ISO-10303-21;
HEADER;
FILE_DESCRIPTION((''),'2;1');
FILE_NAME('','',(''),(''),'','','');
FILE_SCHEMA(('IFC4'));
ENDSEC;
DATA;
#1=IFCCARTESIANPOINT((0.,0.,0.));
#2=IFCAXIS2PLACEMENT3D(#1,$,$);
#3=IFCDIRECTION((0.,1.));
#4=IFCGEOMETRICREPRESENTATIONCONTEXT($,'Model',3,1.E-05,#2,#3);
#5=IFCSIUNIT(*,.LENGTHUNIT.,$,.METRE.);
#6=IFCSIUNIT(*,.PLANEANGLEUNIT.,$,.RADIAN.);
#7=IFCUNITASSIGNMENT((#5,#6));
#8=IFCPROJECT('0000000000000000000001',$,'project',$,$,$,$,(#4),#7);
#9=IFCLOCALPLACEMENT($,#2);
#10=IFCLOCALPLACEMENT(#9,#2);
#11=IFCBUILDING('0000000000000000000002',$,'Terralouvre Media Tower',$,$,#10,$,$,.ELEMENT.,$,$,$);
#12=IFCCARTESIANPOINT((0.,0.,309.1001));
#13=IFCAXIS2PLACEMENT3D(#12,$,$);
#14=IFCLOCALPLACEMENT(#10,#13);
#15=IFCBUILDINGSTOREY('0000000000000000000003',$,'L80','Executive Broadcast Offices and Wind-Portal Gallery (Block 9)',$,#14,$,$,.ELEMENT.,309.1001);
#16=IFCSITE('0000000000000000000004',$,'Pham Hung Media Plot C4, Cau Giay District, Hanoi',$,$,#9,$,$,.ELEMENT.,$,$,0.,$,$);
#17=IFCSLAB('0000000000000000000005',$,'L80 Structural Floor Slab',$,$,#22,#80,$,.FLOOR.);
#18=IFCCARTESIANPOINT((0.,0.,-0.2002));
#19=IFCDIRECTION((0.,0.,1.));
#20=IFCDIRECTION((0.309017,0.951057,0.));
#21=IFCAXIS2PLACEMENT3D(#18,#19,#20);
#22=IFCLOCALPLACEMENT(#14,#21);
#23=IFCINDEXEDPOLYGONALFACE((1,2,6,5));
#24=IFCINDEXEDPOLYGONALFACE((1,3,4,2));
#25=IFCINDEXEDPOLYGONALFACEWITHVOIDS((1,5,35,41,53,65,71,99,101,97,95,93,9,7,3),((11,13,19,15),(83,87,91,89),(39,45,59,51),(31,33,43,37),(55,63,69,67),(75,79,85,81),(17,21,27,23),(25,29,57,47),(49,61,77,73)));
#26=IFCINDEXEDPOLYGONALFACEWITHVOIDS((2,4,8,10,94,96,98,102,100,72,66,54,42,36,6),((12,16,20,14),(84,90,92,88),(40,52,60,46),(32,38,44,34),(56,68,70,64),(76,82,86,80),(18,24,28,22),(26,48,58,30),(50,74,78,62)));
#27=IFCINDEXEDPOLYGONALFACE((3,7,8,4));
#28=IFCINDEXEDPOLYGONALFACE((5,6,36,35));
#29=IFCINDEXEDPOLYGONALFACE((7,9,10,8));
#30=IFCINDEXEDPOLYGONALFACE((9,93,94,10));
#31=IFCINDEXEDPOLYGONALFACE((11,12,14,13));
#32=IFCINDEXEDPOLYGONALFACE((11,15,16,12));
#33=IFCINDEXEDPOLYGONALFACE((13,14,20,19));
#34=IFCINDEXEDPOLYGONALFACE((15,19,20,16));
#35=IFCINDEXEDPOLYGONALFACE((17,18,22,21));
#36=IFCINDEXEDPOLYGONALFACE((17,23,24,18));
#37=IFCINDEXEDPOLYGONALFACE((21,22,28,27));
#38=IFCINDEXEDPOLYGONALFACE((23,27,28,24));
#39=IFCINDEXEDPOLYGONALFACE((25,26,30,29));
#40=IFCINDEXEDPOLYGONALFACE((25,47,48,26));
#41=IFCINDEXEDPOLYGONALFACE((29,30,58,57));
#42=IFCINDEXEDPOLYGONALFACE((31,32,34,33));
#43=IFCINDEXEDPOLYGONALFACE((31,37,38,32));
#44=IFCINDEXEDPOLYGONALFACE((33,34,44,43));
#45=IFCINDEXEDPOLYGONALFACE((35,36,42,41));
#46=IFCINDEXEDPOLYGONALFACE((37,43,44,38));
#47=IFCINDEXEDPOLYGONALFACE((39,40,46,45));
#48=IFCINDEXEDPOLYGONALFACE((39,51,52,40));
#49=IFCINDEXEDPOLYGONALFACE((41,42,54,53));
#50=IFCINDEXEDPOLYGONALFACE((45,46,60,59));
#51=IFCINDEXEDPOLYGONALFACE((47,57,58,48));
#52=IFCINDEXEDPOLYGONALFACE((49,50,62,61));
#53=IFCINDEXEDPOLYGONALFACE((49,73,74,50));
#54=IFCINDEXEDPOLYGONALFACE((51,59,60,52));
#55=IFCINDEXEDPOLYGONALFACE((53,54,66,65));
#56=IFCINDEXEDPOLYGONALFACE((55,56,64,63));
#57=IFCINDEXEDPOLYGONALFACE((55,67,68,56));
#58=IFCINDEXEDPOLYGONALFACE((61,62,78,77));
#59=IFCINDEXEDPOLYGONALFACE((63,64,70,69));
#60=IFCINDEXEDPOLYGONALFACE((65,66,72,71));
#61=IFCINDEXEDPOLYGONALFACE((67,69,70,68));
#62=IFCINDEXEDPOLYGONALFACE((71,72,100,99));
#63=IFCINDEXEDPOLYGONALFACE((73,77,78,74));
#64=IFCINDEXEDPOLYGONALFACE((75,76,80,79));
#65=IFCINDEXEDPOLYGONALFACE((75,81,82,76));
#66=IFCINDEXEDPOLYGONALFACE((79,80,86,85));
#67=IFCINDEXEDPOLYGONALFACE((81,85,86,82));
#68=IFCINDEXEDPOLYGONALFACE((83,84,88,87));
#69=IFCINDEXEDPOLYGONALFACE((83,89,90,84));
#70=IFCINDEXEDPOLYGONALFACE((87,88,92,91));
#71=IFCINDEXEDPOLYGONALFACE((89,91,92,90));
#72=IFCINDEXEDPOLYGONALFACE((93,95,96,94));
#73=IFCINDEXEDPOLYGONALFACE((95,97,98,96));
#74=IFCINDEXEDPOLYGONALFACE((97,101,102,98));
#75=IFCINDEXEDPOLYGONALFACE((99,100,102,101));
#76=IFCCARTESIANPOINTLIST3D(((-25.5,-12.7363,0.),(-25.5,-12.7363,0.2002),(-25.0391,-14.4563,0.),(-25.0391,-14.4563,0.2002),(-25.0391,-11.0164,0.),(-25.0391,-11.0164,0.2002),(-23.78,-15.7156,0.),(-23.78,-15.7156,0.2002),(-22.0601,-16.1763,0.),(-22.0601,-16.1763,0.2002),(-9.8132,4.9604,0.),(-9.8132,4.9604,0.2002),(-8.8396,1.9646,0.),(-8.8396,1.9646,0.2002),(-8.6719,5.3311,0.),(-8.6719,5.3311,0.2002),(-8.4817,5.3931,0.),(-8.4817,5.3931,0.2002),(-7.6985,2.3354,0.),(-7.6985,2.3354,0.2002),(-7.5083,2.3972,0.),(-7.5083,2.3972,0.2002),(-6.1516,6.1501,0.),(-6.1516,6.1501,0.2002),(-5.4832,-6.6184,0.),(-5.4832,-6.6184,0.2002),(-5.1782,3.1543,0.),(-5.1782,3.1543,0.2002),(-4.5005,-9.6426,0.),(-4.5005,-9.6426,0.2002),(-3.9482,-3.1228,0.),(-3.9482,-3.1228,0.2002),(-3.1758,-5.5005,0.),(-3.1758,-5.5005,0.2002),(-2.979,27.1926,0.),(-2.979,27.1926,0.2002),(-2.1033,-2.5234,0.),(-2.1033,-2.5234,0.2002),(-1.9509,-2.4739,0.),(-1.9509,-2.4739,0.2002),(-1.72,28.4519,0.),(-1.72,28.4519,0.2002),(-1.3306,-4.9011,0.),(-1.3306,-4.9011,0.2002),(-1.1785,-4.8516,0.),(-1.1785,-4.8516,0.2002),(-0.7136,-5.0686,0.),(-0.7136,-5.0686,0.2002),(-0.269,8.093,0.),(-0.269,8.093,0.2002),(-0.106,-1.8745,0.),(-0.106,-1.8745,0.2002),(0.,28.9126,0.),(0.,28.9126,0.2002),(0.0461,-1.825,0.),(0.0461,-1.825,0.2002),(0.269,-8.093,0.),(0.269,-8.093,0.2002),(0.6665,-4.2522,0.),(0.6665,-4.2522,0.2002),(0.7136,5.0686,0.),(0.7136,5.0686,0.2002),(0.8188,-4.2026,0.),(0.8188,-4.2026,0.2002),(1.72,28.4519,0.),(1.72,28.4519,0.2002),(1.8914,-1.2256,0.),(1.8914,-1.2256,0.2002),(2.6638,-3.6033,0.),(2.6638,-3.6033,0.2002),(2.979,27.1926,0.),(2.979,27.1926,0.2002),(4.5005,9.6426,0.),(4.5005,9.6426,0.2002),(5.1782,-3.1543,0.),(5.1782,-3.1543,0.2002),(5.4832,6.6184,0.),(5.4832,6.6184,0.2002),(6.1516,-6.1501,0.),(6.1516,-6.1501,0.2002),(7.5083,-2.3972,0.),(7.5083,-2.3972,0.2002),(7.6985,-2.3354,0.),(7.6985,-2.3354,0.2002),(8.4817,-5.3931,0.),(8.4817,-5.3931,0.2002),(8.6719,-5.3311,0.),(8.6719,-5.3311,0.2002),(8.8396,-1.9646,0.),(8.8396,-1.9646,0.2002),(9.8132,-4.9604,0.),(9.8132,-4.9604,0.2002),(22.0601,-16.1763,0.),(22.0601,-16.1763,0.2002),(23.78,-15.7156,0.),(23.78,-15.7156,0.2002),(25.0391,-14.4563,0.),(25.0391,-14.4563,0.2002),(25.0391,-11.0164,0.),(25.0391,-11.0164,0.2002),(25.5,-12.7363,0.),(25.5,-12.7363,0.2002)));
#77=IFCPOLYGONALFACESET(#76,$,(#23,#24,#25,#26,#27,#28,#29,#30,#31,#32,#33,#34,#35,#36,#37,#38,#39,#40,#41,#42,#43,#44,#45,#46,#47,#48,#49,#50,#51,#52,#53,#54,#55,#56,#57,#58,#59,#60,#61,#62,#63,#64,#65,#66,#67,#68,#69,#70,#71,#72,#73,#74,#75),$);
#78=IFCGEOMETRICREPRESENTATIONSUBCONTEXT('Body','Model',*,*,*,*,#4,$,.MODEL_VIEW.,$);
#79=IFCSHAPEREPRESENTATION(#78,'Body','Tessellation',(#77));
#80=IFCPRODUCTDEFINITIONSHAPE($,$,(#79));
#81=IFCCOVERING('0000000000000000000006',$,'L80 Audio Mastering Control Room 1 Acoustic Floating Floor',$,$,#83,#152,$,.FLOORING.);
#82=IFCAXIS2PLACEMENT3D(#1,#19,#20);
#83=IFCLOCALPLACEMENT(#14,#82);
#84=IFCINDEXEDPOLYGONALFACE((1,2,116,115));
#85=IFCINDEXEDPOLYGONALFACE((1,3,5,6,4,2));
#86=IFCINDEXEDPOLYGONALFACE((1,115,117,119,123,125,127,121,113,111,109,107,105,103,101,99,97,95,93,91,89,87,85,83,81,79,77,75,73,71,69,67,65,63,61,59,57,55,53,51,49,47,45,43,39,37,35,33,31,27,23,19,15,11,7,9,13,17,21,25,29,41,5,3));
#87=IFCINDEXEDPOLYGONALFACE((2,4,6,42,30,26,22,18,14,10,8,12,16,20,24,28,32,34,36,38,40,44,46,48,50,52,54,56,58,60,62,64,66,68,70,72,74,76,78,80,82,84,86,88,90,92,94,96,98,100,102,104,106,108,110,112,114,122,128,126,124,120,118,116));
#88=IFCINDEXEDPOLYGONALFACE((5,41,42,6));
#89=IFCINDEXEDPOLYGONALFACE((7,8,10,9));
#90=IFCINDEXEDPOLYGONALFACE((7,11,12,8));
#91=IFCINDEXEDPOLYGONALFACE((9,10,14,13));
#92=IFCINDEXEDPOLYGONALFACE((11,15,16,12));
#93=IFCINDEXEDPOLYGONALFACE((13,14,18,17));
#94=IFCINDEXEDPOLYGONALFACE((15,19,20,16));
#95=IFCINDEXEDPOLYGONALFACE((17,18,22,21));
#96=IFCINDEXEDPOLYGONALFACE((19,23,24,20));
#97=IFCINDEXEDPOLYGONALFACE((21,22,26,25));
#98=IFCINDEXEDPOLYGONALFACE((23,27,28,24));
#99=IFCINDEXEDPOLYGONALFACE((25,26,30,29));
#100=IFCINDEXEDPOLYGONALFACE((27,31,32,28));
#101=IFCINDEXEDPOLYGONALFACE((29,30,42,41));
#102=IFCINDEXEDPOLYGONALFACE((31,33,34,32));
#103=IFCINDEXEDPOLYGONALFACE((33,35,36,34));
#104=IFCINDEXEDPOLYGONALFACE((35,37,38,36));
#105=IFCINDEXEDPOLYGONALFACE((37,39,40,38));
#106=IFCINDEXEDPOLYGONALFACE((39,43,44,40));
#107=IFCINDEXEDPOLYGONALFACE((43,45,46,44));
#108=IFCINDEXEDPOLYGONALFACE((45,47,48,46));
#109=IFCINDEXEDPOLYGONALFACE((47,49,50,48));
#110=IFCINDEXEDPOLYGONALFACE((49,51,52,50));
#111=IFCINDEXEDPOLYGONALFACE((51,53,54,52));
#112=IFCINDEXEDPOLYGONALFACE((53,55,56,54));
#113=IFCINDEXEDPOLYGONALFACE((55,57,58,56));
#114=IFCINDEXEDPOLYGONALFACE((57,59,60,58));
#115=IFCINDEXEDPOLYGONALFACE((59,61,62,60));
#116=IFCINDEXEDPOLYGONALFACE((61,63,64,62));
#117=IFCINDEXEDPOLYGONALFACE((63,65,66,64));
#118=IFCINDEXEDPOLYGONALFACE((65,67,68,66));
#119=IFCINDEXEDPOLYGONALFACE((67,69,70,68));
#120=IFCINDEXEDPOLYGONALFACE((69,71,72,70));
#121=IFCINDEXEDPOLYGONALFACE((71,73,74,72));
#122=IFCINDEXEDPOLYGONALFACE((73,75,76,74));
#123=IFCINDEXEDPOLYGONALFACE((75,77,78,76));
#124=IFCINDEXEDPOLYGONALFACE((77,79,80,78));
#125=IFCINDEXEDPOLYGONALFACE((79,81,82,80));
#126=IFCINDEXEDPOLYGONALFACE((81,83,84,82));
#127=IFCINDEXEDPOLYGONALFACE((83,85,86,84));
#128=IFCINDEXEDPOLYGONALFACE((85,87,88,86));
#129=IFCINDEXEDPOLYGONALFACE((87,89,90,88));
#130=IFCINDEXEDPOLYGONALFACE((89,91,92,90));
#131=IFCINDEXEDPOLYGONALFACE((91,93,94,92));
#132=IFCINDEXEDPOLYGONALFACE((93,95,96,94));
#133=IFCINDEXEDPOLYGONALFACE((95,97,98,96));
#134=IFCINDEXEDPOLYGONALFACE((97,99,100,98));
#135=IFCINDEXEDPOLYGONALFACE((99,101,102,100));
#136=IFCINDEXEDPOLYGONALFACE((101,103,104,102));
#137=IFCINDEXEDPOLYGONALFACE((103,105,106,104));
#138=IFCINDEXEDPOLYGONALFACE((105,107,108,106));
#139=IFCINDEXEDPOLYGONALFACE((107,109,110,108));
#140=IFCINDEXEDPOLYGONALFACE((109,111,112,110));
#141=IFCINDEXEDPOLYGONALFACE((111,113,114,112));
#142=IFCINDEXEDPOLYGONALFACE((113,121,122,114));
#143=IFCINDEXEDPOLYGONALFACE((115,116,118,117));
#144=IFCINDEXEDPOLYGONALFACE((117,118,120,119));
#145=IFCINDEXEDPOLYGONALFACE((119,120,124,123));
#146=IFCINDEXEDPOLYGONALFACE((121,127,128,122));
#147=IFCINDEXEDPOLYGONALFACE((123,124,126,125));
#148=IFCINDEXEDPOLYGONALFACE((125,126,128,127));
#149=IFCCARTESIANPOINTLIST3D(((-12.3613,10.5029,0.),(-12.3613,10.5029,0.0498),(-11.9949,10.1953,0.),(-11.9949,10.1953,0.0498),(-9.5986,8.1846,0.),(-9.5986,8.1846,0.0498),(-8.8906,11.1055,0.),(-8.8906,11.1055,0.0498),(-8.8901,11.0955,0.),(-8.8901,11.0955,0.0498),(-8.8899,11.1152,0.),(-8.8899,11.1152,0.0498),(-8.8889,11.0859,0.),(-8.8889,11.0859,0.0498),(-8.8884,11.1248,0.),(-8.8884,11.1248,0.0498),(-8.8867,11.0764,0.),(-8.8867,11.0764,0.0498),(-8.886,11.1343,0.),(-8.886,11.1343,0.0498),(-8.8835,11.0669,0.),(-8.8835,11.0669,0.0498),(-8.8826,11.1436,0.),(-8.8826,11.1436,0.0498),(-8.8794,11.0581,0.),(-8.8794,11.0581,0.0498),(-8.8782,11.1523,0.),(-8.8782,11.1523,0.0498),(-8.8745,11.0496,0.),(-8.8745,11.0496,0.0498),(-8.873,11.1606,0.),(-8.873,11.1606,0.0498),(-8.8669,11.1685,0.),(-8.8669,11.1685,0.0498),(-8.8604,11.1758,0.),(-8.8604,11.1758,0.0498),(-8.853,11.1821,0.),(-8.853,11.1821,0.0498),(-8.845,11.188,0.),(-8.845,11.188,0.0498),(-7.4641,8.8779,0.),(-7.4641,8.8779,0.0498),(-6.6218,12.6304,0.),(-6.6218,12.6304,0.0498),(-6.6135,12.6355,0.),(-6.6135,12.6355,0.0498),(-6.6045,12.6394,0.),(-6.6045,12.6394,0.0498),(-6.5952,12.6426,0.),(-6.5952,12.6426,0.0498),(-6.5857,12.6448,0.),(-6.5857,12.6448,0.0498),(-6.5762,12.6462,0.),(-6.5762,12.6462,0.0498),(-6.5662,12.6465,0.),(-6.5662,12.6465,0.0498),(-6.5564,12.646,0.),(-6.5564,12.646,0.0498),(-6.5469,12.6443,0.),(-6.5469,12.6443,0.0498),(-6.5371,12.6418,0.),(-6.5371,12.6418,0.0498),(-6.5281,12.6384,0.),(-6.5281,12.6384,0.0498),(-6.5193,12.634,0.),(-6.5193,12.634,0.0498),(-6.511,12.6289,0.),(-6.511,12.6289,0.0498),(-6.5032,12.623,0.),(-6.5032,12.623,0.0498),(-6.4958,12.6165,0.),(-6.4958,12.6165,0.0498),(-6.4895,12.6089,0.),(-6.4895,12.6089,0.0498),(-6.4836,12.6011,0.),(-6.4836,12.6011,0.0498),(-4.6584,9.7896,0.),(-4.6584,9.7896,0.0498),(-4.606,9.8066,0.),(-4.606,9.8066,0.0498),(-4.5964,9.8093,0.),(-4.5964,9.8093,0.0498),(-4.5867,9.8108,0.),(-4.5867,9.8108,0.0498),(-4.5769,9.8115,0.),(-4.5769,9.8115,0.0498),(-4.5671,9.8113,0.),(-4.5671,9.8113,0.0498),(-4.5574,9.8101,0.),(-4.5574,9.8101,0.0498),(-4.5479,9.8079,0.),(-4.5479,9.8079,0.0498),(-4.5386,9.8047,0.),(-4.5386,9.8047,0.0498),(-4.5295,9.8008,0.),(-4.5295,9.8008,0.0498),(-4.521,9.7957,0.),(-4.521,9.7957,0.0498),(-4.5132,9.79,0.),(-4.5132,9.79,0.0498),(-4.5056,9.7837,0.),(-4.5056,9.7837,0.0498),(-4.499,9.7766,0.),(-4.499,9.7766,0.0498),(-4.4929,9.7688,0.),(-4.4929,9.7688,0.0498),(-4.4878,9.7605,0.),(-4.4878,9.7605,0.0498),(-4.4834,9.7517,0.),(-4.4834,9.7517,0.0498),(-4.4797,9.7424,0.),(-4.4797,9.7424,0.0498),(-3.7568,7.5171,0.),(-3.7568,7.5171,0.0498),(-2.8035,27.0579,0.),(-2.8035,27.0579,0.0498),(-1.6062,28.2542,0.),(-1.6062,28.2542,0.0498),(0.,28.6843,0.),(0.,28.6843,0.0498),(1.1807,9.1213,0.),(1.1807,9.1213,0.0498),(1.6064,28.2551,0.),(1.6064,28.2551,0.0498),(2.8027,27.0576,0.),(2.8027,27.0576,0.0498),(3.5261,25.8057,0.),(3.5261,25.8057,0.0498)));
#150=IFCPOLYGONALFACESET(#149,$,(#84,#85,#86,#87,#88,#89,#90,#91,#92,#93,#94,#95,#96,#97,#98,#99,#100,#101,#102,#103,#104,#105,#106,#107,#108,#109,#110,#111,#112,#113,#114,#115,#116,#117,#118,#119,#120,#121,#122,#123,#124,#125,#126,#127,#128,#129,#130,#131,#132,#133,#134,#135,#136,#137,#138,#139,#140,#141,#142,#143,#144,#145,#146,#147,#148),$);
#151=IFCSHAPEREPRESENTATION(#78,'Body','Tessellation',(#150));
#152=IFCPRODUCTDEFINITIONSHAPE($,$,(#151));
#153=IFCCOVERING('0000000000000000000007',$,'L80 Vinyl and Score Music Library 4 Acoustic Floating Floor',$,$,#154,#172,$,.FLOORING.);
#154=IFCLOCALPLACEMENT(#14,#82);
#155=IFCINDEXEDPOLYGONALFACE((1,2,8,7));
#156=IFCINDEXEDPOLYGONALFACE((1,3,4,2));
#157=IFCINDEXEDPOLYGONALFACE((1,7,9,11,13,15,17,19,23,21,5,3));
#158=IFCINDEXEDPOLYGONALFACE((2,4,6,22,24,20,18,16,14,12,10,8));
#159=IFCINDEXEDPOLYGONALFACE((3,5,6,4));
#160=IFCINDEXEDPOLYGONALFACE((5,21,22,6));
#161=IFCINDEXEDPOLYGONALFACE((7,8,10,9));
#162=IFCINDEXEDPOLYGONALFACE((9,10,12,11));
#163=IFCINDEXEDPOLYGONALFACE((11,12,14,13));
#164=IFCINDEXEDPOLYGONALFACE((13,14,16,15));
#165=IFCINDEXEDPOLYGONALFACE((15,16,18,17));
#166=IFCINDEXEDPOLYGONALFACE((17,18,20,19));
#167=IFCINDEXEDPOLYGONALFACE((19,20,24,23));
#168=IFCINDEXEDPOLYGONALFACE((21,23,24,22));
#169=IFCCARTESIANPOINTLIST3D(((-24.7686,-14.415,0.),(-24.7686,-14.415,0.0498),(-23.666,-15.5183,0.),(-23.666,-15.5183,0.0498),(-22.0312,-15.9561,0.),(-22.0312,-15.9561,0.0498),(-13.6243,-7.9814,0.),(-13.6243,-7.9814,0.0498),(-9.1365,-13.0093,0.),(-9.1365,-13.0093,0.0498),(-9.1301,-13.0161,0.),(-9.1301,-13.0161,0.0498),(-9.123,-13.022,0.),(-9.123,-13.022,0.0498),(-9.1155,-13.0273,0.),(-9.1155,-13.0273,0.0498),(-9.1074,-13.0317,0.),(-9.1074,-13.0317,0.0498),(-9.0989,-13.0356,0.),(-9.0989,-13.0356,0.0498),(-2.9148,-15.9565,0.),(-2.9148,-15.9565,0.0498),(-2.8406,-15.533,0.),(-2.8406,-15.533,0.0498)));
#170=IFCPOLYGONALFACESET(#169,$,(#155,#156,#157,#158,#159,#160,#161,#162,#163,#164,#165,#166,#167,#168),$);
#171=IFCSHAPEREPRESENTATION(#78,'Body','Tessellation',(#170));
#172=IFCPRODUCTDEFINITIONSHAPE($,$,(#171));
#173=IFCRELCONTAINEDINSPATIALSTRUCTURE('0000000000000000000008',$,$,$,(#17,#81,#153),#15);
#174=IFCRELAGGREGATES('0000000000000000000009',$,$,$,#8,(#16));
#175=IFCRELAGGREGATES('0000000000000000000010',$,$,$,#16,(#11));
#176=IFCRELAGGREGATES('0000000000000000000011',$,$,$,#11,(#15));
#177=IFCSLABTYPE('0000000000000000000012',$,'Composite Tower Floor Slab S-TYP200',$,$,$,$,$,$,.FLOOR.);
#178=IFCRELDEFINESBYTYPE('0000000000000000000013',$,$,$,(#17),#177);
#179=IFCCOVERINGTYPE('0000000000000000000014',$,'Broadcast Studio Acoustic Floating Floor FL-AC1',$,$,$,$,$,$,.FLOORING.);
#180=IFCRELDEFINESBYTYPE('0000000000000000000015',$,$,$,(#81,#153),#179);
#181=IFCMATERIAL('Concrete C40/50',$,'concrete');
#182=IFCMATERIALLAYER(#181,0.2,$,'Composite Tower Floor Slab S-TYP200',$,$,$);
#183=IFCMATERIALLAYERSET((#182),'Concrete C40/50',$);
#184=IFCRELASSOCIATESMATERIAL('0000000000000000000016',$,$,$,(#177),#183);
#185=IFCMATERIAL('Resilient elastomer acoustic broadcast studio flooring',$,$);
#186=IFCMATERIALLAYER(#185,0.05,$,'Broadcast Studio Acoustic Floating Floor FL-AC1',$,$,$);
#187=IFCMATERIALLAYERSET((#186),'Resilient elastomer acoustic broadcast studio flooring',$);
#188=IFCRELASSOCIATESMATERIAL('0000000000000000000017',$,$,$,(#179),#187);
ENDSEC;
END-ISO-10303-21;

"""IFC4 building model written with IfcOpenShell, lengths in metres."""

from ifc_helpers import new_model, si_unit, direction, frame, origin, place, context, subcontext, project, spatial, polyline, outline, extrude, material, layer, layer_set, type_object, element, save


model = new_model("IFC4")

# Units and contexts
model_context = context("Model", 3, precision=1e-05, world=origin(), true_north=direction((0.0, 1.0)))
body_context = subcontext(model_context, "Body", "Model", "MODEL_VIEW")
ifc_project = project(units=[si_unit("LENGTHUNIT", "METRE"), si_unit("PLANEANGLEUNIT", "RADIAN")], contexts=[model_context])

# Site, building, storey
site_placement = place(None, origin())
site = spatial("IfcSite", under=ifc_project, at=site_placement, Name="Pham Hung Media Plot C4, Cau Giay District, Hanoi", CompositionType="ELEMENT", RefElevation=0.0)
building_placement = place(site_placement, origin())
building = spatial("IfcBuilding", under=site, at=building_placement, Name="Terralouvre Media Tower", CompositionType="ELEMENT")
storey_placement = place(building_placement, frame((0.0, 0.0, 309.1001)))
storey = spatial("IfcBuildingStorey", under=building, at=storey_placement, Name="L80", Description="Executive Broadcast Offices and Wind-Portal Gallery (Block 9)", CompositionType="ELEMENT", Elevation=309.1001)

# Slab
ifc_material_1 = material(Name="Concrete C40/50", Category="concrete")
ifc_layer_1 = layer(ifc_material_1, 0.2, Name="Composite Tower Floor Slab S-TYP200")
ifc_layer_set_1 = layer_set([ifc_layer_1], Name="Concrete C40/50")
slab_type_1 = type_object("IfcSlabType", Name="Composite Tower Floor Slab S-TYP200", PredefinedType="FLOOR", material=ifc_layer_set_1)
slab_1_placement = place(storey_placement, frame((0.0, 0.0, -0.2002), z_axis=(0.0, 0.0, 1.0), x_axis=(0.309017, 0.951057, 0.0)))
element("IfcSlab", 1, at=slab_1_placement, inside=storey, type_object=slab_type_1, Name="L80 Structural Floor Slab", PredefinedType="FLOOR", context=body_context, shape_type="SweptSolid", body=[
    extrude(outline(polyline([(-25.0391, -11.0164), (-25.5, -12.7363), (-25.0391, -14.4563), (-23.78, -15.7156), (-22.0601, -16.1763), (22.0601, -16.1763), (23.78, -15.7156), (25.0391, -14.4563), (25.5, -12.7363), (25.0391, -11.0164), (2.979, 27.1926), (1.72, 28.4519), (0.0, 28.9126), (-1.72, 28.4519), (-2.979, 27.1926), (-25.0391, -11.0164)]), holes=[polyline([(-7.6985, 2.3354), (-8.8396, 1.9646), (-9.8132, 4.9604), (-8.6719, 5.3311), (-7.6985, 2.3354)]), polyline([(-5.1782, 3.1543), (-7.5083, 2.3972), (-8.4817, 5.3931), (-6.1516, 6.1501), (-5.1782, 3.1543)]), polyline([(-5.4832, -6.6184), (-0.7136, -5.0686), (0.269, -8.093), (-4.5005, -9.6426), (-5.4832, -6.6184)]), polyline([(-1.3306, -4.9011), (-3.1758, -5.5005), (-3.9482, -3.1228), (-2.1033, -2.5234), (-1.3306, -4.9011)]), polyline([(0.6665, -4.2522), (-1.1785, -4.8516), (-1.9509, -2.4739), (-0.106, -1.8745), (0.6665, -4.2522)]), polyline([(2.6638, -3.6033), (0.8188, -4.2026), (0.0461, -1.825), (1.8914, -1.2256), (2.6638, -3.6033)]), polyline([(5.4832, 6.6184), (0.7136, 5.0686), (-0.269, 8.093), (4.5005, 9.6426), (5.4832, 6.6184)]), polyline([(6.1516, -6.1501), (5.1782, -3.1543), (7.5083, -2.3972), (8.4817, -5.3931), (6.1516, -6.1501)]), polyline([(8.6719, -5.3311), (7.6985, -2.3354), (8.8396, -1.9646), (9.8132, -4.9604), (8.6719, -5.3311)])]), origin(), (0.0, 0.0, 1.0), 0.2002),
])

# Coverings
ifc_material_2 = material(Name="Resilient elastomer acoustic broadcast studio flooring")
ifc_layer_2 = layer(ifc_material_2, 0.05, Name="Broadcast Studio Acoustic Floating Floor FL-AC1")
ifc_layer_set_2 = layer_set([ifc_layer_2], Name="Resilient elastomer acoustic broadcast studio flooring")
covering_type_1 = type_object("IfcCoveringType", Name="Broadcast Studio Acoustic Floating Floor FL-AC1", PredefinedType="FLOORING", material=ifc_layer_set_2)
covering_1_placement = place(storey_placement, frame((0.0, 0.0, 0.0), z_axis=(0.0, 0.0, 1.0), x_axis=(0.309017, 0.951057, 0.0)))
element("IfcCovering", 2, at=covering_1_placement, inside=storey, type_object=covering_type_1, Name="L80 Audio Mastering Control Room 1 Acoustic Floating Floor", PredefinedType="FLOORING", context=body_context, shape_type="SweptSolid", body=[
    extrude(outline(polyline([(-11.9949, 10.1953), (-9.5986, 8.1846), (-7.4641, 8.8779), (-8.8745, 11.0496), (-8.8794, 11.0581), (-8.8835, 11.0669), (-8.8867, 11.0764), (-8.8889, 11.0859), (-8.8901, 11.0955), (-8.8906, 11.1055), (-8.8899, 11.1152), (-8.8884, 11.1248), (-8.886, 11.1343), (-8.8826, 11.1436), (-8.8782, 11.1523), (-8.873, 11.1606), (-8.8669, 11.1685), (-8.8604, 11.1758), (-8.853, 11.1821), (-8.845, 11.188), (-6.6218, 12.6304), (-6.6135, 12.6355), (-6.6045, 12.6394), (-6.5952, 12.6426), (-6.5857, 12.6448), (-6.5762, 12.6462), (-6.5662, 12.6465), (-6.5564, 12.646), (-6.5469, 12.6443), (-6.5371, 12.6418), (-6.5281, 12.6384), (-6.5193, 12.634), (-6.511, 12.6289), (-6.5032, 12.623), (-6.4958, 12.6165), (-6.4895, 12.6089), (-6.4836, 12.6011), (-4.6584, 9.7896), (-4.606, 9.8066), (-4.5964, 9.8093), (-4.5867, 9.8108), (-4.5769, 9.8115), (-4.5671, 9.8113), (-4.5574, 9.8101), (-4.5479, 9.8079), (-4.5386, 9.8047), (-4.5295, 9.8008), (-4.521, 9.7957), (-4.5132, 9.79), (-4.5056, 9.7837), (-4.499, 9.7766), (-4.4929, 9.7688), (-4.4878, 9.7605), (-4.4834, 9.7517), (-4.4797, 9.7424), (-3.7568, 7.5171), (1.1807, 9.1213), (3.5261, 25.8057), (2.8027, 27.0576), (1.6064, 28.2551), (0.0, 28.6843), (-1.6062, 28.2542), (-2.8035, 27.0579), (-12.3613, 10.5029), (-11.9949, 10.1953)])), origin(), (0.0, 0.0, 1.0), 0.0498),
])
covering_2_placement = place(storey_placement, frame((0.0, 0.0, 0.0), z_axis=(0.0, 0.0, 1.0), x_axis=(0.309017, 0.951057, 0.0)))
element("IfcCovering", 3, at=covering_2_placement, inside=storey, type_object=covering_type_1, Name="L80 Vinyl and Score Music Library 4 Acoustic Floating Floor", PredefinedType="FLOORING", context=body_context, shape_type="SweptSolid", body=[
    extrude(outline(polyline([(-9.0989, -13.0356), (-9.1074, -13.0317), (-9.1155, -13.0273), (-9.123, -13.022), (-9.1301, -13.0161), (-9.1365, -13.0093), (-13.6243, -7.9814), (-24.7686, -14.415), (-23.666, -15.5183), (-22.0312, -15.9561), (-2.9148, -15.9565), (-2.8406, -15.533), (-9.0989, -13.0356)])), origin(), (0.0, 0.0, 1.0), 0.0498),
])

save(model, "model.ifc")
